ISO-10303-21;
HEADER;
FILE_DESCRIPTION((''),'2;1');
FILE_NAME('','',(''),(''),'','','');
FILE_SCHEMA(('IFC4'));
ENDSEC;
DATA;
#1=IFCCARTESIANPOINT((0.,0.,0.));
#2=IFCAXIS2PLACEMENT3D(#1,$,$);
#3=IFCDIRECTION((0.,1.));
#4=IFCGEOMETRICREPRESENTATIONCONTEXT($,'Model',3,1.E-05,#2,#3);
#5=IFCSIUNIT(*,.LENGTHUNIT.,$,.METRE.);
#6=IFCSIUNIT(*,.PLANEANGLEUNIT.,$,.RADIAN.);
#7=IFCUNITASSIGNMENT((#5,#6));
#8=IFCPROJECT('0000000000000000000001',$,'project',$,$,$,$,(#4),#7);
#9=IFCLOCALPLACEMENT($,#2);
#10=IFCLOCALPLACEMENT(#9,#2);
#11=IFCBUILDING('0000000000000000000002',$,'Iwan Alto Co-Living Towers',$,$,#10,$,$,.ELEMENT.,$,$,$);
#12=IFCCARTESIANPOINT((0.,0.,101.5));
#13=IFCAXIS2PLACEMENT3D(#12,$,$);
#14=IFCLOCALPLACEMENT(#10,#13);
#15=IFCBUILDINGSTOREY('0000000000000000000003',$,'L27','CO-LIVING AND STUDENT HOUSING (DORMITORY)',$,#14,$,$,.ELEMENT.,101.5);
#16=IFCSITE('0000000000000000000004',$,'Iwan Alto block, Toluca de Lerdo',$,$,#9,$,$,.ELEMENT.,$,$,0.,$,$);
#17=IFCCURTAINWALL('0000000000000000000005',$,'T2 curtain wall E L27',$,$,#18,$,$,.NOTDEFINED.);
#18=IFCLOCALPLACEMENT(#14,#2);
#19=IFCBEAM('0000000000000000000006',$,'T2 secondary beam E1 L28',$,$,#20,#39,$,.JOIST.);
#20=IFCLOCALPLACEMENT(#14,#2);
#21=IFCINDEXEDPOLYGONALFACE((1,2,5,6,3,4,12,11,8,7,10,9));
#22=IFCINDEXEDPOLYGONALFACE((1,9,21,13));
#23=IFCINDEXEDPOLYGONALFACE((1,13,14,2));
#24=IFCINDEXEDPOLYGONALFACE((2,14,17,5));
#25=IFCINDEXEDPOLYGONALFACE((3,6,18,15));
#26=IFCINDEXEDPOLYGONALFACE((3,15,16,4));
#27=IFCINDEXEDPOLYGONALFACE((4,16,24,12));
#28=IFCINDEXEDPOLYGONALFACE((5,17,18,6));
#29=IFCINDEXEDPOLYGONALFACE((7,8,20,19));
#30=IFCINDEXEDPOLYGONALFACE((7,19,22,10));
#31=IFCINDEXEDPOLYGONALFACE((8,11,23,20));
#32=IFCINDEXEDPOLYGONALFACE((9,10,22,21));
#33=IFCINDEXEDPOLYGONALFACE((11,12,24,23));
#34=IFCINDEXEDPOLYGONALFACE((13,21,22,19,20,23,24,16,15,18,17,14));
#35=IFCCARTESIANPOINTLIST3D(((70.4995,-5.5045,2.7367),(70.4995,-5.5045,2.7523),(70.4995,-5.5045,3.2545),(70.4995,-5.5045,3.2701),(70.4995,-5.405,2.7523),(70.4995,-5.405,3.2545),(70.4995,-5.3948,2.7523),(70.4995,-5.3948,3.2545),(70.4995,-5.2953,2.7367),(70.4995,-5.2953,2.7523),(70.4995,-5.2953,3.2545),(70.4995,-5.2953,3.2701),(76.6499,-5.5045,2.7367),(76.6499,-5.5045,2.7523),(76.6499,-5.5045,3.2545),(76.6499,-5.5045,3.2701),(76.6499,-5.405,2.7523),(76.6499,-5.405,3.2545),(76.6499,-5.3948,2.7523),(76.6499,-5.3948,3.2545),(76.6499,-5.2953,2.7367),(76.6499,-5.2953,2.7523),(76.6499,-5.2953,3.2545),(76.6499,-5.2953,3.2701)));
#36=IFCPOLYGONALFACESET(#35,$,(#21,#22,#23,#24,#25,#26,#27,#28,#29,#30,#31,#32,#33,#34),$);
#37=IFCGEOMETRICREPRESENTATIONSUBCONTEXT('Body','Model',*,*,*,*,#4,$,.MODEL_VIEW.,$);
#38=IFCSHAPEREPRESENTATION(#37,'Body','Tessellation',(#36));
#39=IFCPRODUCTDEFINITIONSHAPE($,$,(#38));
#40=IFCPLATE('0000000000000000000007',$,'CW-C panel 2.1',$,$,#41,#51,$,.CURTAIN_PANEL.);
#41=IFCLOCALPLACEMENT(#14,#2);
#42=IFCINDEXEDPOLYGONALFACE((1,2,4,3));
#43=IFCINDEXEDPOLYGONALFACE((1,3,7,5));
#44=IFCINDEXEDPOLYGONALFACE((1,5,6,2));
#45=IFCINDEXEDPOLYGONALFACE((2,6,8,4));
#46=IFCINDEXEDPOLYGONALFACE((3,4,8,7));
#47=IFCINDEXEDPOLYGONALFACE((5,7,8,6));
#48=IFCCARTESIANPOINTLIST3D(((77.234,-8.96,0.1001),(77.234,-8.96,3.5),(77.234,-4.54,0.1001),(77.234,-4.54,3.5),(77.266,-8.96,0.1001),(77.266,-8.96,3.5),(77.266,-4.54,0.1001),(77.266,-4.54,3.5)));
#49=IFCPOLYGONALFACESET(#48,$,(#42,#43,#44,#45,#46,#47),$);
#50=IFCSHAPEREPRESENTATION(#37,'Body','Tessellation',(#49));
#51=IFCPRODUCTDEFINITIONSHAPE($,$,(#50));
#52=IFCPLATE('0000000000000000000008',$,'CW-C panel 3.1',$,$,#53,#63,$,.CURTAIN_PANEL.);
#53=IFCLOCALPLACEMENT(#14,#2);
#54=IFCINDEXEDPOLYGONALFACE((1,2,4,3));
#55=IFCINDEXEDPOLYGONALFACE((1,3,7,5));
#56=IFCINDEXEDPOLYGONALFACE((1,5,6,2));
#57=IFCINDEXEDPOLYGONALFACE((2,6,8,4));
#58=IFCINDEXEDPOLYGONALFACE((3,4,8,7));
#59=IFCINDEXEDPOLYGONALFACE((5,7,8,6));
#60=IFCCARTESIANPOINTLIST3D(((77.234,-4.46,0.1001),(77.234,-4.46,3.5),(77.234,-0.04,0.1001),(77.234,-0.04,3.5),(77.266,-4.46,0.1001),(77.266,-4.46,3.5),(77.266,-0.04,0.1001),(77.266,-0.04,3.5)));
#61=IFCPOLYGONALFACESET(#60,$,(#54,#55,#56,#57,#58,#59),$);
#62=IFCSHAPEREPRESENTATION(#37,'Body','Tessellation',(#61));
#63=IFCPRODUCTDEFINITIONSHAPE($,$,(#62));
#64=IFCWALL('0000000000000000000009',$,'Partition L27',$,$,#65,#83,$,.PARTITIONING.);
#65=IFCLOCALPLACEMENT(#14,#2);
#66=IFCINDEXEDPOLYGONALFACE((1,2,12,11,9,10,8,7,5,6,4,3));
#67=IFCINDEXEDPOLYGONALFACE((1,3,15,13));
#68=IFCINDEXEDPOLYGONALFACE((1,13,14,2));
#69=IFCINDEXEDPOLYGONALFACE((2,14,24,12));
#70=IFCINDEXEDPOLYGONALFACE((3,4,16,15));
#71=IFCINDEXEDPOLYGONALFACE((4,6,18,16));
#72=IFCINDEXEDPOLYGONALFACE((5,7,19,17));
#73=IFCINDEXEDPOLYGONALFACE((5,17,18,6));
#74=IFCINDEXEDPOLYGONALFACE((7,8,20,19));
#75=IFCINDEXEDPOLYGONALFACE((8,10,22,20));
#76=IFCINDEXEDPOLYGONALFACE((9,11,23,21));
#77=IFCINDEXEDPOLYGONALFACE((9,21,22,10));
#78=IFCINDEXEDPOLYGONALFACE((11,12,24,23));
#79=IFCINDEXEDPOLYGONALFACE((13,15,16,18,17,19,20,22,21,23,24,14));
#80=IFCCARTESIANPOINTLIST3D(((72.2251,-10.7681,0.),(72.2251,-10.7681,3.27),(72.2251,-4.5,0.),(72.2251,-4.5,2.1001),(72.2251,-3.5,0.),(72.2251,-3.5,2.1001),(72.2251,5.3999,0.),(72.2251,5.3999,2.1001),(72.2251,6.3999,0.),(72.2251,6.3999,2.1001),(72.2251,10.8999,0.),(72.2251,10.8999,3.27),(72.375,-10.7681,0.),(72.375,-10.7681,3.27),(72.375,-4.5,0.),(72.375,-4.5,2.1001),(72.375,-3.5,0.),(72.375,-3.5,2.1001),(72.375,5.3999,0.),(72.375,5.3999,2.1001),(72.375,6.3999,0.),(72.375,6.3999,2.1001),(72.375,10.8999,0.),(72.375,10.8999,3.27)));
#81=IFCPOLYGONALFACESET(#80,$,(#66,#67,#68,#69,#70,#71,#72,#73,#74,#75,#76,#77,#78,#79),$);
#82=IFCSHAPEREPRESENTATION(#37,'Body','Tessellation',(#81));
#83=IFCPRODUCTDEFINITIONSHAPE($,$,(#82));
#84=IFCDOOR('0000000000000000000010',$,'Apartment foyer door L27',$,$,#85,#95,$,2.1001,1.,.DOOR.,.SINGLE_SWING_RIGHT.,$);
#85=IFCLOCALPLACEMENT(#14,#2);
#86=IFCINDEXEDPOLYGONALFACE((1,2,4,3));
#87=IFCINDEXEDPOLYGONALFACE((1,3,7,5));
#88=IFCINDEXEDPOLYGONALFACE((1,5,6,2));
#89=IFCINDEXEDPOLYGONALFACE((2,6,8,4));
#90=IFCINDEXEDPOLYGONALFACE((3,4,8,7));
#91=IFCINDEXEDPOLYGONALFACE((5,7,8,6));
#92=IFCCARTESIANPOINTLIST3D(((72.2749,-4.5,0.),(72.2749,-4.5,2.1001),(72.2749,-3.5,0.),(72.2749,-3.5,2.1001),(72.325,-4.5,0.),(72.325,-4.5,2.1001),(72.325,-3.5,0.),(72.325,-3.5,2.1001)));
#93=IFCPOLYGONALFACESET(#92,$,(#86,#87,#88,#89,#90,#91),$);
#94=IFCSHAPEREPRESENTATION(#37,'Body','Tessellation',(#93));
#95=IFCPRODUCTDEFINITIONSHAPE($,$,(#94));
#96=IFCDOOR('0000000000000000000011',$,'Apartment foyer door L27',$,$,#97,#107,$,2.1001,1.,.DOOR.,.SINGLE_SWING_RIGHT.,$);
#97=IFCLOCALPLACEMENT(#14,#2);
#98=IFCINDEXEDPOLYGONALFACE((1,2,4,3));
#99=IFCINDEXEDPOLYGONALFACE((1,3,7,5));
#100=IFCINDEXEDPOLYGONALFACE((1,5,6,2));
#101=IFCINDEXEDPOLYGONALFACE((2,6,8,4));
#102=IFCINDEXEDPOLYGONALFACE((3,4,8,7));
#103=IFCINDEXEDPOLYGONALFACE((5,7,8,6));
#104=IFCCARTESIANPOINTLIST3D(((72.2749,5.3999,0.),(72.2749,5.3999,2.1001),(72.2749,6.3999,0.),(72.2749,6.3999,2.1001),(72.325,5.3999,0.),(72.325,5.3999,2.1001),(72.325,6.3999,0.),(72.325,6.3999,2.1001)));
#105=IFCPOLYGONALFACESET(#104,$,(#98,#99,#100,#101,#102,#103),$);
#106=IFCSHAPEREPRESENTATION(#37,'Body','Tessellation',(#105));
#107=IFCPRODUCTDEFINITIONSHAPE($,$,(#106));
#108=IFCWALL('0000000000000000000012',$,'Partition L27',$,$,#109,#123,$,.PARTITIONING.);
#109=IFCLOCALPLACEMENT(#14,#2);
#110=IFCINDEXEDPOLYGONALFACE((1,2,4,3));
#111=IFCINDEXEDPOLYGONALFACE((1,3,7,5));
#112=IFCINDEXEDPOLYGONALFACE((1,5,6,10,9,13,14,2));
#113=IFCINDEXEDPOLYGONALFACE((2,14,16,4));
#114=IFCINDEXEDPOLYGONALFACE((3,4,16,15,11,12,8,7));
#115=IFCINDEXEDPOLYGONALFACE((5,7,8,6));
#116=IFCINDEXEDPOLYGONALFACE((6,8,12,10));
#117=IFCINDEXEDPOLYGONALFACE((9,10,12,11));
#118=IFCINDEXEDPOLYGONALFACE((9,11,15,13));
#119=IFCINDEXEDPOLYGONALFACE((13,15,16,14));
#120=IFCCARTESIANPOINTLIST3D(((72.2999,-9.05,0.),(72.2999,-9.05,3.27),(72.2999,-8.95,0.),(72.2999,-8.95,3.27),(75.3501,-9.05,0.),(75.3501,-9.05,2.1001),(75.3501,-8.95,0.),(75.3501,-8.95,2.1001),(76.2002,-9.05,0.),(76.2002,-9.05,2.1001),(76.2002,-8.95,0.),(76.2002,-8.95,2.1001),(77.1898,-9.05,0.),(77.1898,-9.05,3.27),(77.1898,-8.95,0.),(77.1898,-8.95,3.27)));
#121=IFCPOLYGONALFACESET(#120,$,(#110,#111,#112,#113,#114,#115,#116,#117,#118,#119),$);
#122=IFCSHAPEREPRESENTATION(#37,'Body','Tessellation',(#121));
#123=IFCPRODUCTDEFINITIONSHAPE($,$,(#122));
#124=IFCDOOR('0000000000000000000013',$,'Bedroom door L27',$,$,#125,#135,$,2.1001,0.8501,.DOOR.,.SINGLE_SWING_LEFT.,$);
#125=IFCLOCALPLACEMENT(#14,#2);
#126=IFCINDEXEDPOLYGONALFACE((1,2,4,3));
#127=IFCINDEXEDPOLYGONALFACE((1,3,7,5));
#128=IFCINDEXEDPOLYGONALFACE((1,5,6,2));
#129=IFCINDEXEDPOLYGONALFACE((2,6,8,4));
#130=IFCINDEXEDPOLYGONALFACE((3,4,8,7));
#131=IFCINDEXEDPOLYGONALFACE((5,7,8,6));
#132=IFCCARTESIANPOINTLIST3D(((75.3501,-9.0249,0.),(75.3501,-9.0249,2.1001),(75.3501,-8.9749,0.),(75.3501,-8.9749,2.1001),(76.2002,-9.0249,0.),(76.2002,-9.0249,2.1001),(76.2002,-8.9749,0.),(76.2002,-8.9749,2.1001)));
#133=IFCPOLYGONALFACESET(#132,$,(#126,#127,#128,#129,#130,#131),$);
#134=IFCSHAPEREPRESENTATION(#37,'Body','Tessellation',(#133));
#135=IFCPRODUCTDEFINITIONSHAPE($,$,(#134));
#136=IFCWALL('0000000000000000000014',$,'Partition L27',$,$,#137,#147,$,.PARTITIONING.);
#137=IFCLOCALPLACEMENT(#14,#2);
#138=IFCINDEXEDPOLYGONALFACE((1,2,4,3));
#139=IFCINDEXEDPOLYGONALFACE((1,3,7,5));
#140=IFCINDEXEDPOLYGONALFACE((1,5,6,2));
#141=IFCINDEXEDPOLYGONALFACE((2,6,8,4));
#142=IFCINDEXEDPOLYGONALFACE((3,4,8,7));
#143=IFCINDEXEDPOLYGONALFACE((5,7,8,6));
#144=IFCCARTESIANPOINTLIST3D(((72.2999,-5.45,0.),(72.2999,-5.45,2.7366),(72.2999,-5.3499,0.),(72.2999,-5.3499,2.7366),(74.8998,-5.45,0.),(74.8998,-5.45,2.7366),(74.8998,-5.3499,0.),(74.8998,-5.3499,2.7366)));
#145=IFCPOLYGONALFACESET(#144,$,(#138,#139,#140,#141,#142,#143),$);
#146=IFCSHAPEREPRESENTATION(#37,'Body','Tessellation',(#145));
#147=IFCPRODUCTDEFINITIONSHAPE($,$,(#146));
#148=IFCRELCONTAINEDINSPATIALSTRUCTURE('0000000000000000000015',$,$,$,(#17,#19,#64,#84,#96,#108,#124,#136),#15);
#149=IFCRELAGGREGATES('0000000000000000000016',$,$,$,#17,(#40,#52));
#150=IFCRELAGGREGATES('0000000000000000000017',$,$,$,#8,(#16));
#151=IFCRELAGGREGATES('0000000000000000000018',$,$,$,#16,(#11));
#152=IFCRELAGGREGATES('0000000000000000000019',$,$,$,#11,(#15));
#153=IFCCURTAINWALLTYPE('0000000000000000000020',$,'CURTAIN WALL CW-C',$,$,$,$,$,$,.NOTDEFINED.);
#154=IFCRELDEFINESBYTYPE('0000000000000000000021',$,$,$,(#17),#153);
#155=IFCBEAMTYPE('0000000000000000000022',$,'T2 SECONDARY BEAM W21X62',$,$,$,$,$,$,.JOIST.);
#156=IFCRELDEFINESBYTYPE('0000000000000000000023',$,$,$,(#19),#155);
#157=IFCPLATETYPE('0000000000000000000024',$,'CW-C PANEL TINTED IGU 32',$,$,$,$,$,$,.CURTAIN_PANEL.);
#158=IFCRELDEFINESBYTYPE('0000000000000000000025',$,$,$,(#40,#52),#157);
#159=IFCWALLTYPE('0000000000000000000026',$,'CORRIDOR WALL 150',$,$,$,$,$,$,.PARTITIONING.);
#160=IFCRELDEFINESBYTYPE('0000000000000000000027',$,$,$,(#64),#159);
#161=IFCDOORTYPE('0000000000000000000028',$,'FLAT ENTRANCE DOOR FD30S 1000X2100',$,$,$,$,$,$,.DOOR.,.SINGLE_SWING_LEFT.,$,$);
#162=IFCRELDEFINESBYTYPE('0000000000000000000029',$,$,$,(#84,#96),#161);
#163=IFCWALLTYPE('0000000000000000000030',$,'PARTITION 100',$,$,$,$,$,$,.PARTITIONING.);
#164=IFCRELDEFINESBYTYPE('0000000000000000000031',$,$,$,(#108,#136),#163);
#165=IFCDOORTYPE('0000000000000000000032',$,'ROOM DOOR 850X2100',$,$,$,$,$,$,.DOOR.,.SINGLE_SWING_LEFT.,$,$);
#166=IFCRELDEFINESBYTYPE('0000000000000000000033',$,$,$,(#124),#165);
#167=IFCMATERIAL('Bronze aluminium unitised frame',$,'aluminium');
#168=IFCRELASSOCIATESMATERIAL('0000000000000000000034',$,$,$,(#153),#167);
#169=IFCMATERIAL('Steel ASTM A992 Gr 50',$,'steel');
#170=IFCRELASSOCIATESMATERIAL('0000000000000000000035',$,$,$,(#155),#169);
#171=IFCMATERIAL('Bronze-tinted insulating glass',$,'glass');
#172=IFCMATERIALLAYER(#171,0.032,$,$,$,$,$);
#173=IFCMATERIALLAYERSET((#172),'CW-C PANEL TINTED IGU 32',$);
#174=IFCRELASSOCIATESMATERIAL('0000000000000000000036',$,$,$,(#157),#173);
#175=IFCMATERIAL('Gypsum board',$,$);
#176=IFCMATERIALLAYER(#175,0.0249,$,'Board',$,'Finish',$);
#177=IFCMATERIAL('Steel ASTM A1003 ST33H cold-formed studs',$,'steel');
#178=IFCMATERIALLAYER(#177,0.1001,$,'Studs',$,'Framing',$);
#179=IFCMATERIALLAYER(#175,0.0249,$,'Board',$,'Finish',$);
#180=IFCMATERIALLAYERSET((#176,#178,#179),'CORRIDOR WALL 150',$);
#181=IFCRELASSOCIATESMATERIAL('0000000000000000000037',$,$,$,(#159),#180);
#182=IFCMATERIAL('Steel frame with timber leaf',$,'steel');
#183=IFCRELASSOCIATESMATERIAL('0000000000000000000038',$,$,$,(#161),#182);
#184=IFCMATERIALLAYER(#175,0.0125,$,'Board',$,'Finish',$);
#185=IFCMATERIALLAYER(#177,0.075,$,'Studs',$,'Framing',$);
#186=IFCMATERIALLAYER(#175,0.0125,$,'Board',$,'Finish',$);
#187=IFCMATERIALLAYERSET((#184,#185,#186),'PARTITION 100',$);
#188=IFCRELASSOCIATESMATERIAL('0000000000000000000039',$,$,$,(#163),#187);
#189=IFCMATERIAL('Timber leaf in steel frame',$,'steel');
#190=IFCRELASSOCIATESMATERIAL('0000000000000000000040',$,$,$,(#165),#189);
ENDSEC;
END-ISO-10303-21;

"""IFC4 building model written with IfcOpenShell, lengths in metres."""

from ifc_helpers import new_model, si_unit, direction, frame, frame_2d, origin, origin_2d, place, context, subcontext, project, spatial, rectangle, i_section, extrude, material, layer, layer_set, material_profile, profile_set, type_object, element, fill, aggregate, save


model = new_model("IFC4")

# Units and contexts
model_context = context("Model", 3, precision=1e-05, world=origin(), true_north=direction((0.0, 1.0)))
body_context = subcontext(model_context, "Body", "Model", "MODEL_VIEW")
ifc_project = project(units=[si_unit("LENGTHUNIT", "METRE"), si_unit("PLANEANGLEUNIT", "RADIAN")], contexts=[model_context])

# Site, building, storey
site_placement = place(None, origin())
site = spatial("IfcSite", under=ifc_project, at=site_placement, Name="Iwan Alto block, Toluca de Lerdo", CompositionType="ELEMENT", RefElevation=0.0)
building_placement = place(site_placement, origin())
building = spatial("IfcBuilding", under=site, at=building_placement, Name="Iwan Alto Co-Living Towers", CompositionType="ELEMENT")
storey_placement = place(building_placement, frame((0.0, 0.0, 101.5)))
storey = spatial("IfcBuildingStorey", under=building, at=storey_placement, Name="L27", Description="CO-LIVING AND STUDENT HOUSING (DORMITORY)", CompositionType="ELEMENT", Elevation=101.5)

# Curtain wall
ifc_material_1 = material(Name="Bronze aluminium unitised frame", Category="aluminium")
curtain_wall_type = type_object("IfcCurtainWallType", Name="CURTAIN WALL CW-C", PredefinedType="NOTDEFINED", material=ifc_material_1)
curtain_wall_placement = place(storey_placement, origin())
curtain_wall = element("IfcCurtainWall", 1, at=curtain_wall_placement, inside=storey, type_object=curtain_wall_type, Name="T2 curtain wall E L27", PredefinedType="NOTDEFINED")

# Beam
ifc_material_2 = material(Name="Steel ASTM A992 Gr 50", Category="steel")
ifc_material_profile_1 = material_profile(ifc_material_2, i_section(OverallWidth=0.2092, OverallDepth=0.5334, WebThickness=0.0103, FlangeThickness=0.0156, at=origin_2d()), Name="W21X62")
ifc_profile_set_1 = profile_set([ifc_material_profile_1], Name="Steel ASTM A992 Gr 50")
beam_type_1 = type_object("IfcBeamType", Name="T2 SECONDARY BEAM W21X62", PredefinedType="JOIST", material=ifc_profile_set_1)
beam_1_placement = place(storey_placement, frame((76.6499, -5.3999, 3.0034), z_axis=(-1.0, 0.0, 0.0), x_axis=(0.0, -1.0, 0.0)))
element("IfcBeam", 2, at=beam_1_placement, inside=storey, type_object=beam_type_1, Name="T2 secondary beam E1 L28", PredefinedType="JOIST", context=body_context, shape_type="SweptSolid", body=[
    extrude(i_section(OverallWidth=0.2092, OverallDepth=0.5334, WebThickness=0.0103, FlangeThickness=0.0156, at=origin_2d()), origin(), (0.0, 0.0, 1.0), 6.1504),
])

# Plates
ifc_material_3 = material(Name="Bronze-tinted insulating glass", Category="glass")
ifc_layer_1 = layer(ifc_material_3, 0.032)
ifc_layer_set_1 = layer_set([ifc_layer_1], Name="CW-C PANEL TINTED IGU 32")
plate_type = type_object("IfcPlateType", Name="CW-C PANEL TINTED IGU 32", PredefinedType="CURTAIN_PANEL", material=ifc_layer_set_1)
plate_1_placement = place(storey_placement, frame((77.25, -6.75, 0.1001), z_axis=(0.0, 0.0, 1.0), x_axis=(0.0, 1.0, 0.0)))
plate_1 = element("IfcPlate", 3, at=plate_1_placement, type_object=plate_type, Name="CW-C panel 2.1", PredefinedType="CURTAIN_PANEL", context=body_context, shape_type="SweptSolid", body=[
    extrude(rectangle(XDim=4.4199, YDim=0.032, at=origin_2d()), origin(), (0.0, 0.0, 1.0), 3.3999),
])
plate_2_placement = place(storey_placement, frame((77.25, -2.25, 0.1001), z_axis=(0.0, 0.0, 1.0), x_axis=(0.0, 1.0, 0.0)))
plate_2 = element("IfcPlate", 4, at=plate_2_placement, type_object=plate_type, Name="CW-C panel 3.1", PredefinedType="CURTAIN_PANEL", context=body_context, shape_type="SweptSolid", body=[
    extrude(rectangle(XDim=4.4199, YDim=0.032, at=origin_2d()), origin(), (0.0, 0.0, 1.0), 3.3999),
])
aggregate(curtain_wall, [plate_1, plate_2])

# Wall, openings, doors
ifc_material_4 = material(Name="Gypsum board")
ifc_layer_2 = layer(ifc_material_4, 0.0249, Name="Board", Category="Finish")
ifc_material_5 = material(Name="Steel ASTM A1003 ST33H cold-formed studs", Category="steel")
ifc_layer_3 = layer(ifc_material_5, 0.1001, Name="Studs", Category="Framing")
ifc_layer_4 = layer(ifc_material_4, 0.0249, Name="Board", Category="Finish")
ifc_layer_set_2 = layer_set([ifc_layer_2, ifc_layer_3, ifc_layer_4], Name="CORRIDOR WALL 150")
wall_type_1 = type_object("IfcWallType", Name="CORRIDOR WALL 150", PredefinedType="PARTITIONING", material=ifc_layer_set_2)
wall_1_placement = place(storey_placement, frame((72.3, -10.7681, 0.0), z_axis=(0.0, 0.0, 1.0), x_axis=(0.0, 1.0, 0.0)))
wall_1 = element("IfcWall", 5, at=wall_1_placement, inside=storey, type_object=wall_type_1, Name="Partition L27", PredefinedType="PARTITIONING", context=body_context, shape_type="SweptSolid", body=[
    extrude(rectangle(XDim=21.668, YDim=0.1499, at=frame_2d((10.834, 0.0))), origin(), (0.0, 0.0, 1.0), 3.27),
])
opening_1_placement = place(wall_1_placement, frame((6.2681, 0.0, 0.0)))
opening_1 = element("IfcOpeningElement", 6, at=opening_1_placement, cuts=wall_1, PredefinedType="OPENING", context=body_context, shape_type="SweptSolid", body=[
    extrude(rectangle(XDim=1.0, YDim=2.1001, at=frame_2d((0.5, 1.05))), frame((0.0, 0.085, 0.0), z_axis=(0.0, -1.0, 0.0), x_axis=(1.0, 0.0, 0.0)), (0.0, 0.0, 1.0), 0.1699),
])
opening_2_placement = place(wall_1_placement, frame((16.168, 0.0, 0.0)))
opening_2 = element("IfcOpeningElement", 7, at=opening_2_placement, cuts=wall_1, PredefinedType="OPENING", context=body_context, shape_type="SweptSolid", body=[
    extrude(rectangle(XDim=1.0, YDim=2.1001, at=frame_2d((0.5, 1.05))), frame((0.0, 0.085, 0.0), z_axis=(0.0, -1.0, 0.0), x_axis=(1.0, 0.0, 0.0)), (0.0, 0.0, 1.0), 0.1699),
])
ifc_material_6 = material(Name="Steel frame with timber leaf", Category="steel")
door_type_1 = type_object("IfcDoorType", Name="FLAT ENTRANCE DOOR FD30S 1000X2100", OperationType="SINGLE_SWING_LEFT", PredefinedType="DOOR", material=ifc_material_6)
door_1_placement = place(opening_1_placement, frame((1.0, 0.0, 0.0), z_axis=(0.0, 0.0, 1.0), x_axis=(-1.0, 0.0, 0.0)))
door_1 = element("IfcDoor", 8, at=door_1_placement, inside=storey, type_object=door_type_1, Name="Apartment foyer door L27", OperationType="SINGLE_SWING_RIGHT", OverallHeight=2.1001, OverallWidth=1.0, PredefinedType="DOOR", context=body_context, shape_type="SweptSolid", body=[
    extrude(rectangle(XDim=1.0, YDim=2.1001, at=frame_2d((0.5, 1.05))), frame((0.0, 0.0249, 0.0), z_axis=(0.0, -1.0, 0.0), x_axis=(1.0, 0.0, 0.0)), (0.0, 0.0, 1.0), 0.05),
])
fill(opening_1, door_1)
door_2_placement = place(opening_2_placement, frame((1.0, 0.0, 0.0), z_axis=(0.0, 0.0, 1.0), x_axis=(-1.0, 0.0, 0.0)))
door_2 = element("IfcDoor", 9, at=door_2_placement, inside=storey, type_object=door_type_1, Name="Apartment foyer door L27", OperationType="SINGLE_SWING_RIGHT", OverallHeight=2.1001, OverallWidth=1.0, PredefinedType="DOOR", context=body_context, shape_type="SweptSolid", body=[
    extrude(rectangle(XDim=1.0, YDim=2.1001, at=frame_2d((0.5, 1.05))), frame((0.0, 0.0249, 0.0), z_axis=(0.0, -1.0, 0.0), x_axis=(1.0, 0.0, 0.0)), (0.0, 0.0, 1.0), 0.05),
])
fill(opening_2, door_2)

# Wall, opening, door
ifc_layer_5 = layer(ifc_material_4, 0.0125, Name="Board", Category="Finish")
ifc_layer_6 = layer(ifc_material_5, 0.075, Name="Studs", Category="Framing")
ifc_layer_7 = layer(ifc_material_4, 0.0125, Name="Board", Category="Finish")
ifc_layer_set_3 = layer_set([ifc_layer_5, ifc_layer_6, ifc_layer_7], Name="PARTITION 100")
wall_type_2 = type_object("IfcWallType", Name="PARTITION 100", PredefinedType="PARTITIONING", material=ifc_layer_set_3)
wall_2_placement = place(storey_placement, frame((72.3, -9.0, 0.0), z_axis=(0.0, 0.0, 1.0), x_axis=(1.0, 0.0, 0.0)))
wall_2 = element("IfcWall", 10, at=wall_2_placement, inside=storey, type_object=wall_type_2, Name="Partition L27", PredefinedType="PARTITIONING", context=body_context, shape_type="SweptSolid", body=[
    extrude(rectangle(XDim=4.8899, YDim=0.1001, at=frame_2d((2.4448, 0.0))), origin(), (0.0, 0.0, 1.0), 3.27),
])
opening_3_placement = place(wall_2_placement, frame((3.05, 0.0, 0.0)))
opening_3 = element("IfcOpeningElement", 11, at=opening_3_placement, cuts=wall_2, PredefinedType="OPENING", context=body_context, shape_type="SweptSolid", body=[
    extrude(rectangle(XDim=0.8501, YDim=2.1001, at=frame_2d((0.425, 1.05))), frame((0.0, 0.0601, 0.0), z_axis=(0.0, -1.0, 0.0), x_axis=(1.0, 0.0, 0.0)), (0.0, 0.0, 1.0), 0.1201),
])
ifc_material_7 = material(Name="Timber leaf in steel frame", Category="steel")
door_type_2 = type_object("IfcDoorType", Name="ROOM DOOR 850X2100", OperationType="SINGLE_SWING_LEFT", PredefinedType="DOOR", material=ifc_material_7)
door_3_placement = place(opening_3_placement, frame((0.8501, 0.0, 0.0), z_axis=(0.0, 0.0, 1.0), x_axis=(-1.0, 0.0, 0.0)))
door_3 = element("IfcDoor", 12, at=door_3_placement, inside=storey, type_object=door_type_2, Name="Bedroom door L27", OperationType="SINGLE_SWING_LEFT", OverallHeight=2.1001, OverallWidth=0.8501, PredefinedType="DOOR", context=body_context, shape_type="SweptSolid", body=[
    extrude(rectangle(XDim=0.8501, YDim=2.1001, at=frame_2d((0.425, 1.05))), frame((0.0, 0.0249, 0.0), z_axis=(0.0, -1.0, 0.0), x_axis=(1.0, 0.0, 0.0)), (0.0, 0.0, 1.0), 0.05),
])
fill(opening_3, door_3)

# Wall
wall_3_placement = place(storey_placement, frame((72.3, -5.3999, 0.0), z_axis=(0.0, 0.0, 1.0), x_axis=(1.0, 0.0, 0.0)))
element("IfcWall", 13, at=wall_3_placement, inside=storey, type_object=wall_type_2, Name="Partition L27", PredefinedType="PARTITIONING", context=body_context, shape_type="SweptSolid", body=[
    extrude(rectangle(XDim=2.5999, YDim=0.1001, at=frame_2d((1.2998, 0.0))), origin(), (0.0, 0.0, 1.0), 2.7366),
])

save(model, "model.ifc")
